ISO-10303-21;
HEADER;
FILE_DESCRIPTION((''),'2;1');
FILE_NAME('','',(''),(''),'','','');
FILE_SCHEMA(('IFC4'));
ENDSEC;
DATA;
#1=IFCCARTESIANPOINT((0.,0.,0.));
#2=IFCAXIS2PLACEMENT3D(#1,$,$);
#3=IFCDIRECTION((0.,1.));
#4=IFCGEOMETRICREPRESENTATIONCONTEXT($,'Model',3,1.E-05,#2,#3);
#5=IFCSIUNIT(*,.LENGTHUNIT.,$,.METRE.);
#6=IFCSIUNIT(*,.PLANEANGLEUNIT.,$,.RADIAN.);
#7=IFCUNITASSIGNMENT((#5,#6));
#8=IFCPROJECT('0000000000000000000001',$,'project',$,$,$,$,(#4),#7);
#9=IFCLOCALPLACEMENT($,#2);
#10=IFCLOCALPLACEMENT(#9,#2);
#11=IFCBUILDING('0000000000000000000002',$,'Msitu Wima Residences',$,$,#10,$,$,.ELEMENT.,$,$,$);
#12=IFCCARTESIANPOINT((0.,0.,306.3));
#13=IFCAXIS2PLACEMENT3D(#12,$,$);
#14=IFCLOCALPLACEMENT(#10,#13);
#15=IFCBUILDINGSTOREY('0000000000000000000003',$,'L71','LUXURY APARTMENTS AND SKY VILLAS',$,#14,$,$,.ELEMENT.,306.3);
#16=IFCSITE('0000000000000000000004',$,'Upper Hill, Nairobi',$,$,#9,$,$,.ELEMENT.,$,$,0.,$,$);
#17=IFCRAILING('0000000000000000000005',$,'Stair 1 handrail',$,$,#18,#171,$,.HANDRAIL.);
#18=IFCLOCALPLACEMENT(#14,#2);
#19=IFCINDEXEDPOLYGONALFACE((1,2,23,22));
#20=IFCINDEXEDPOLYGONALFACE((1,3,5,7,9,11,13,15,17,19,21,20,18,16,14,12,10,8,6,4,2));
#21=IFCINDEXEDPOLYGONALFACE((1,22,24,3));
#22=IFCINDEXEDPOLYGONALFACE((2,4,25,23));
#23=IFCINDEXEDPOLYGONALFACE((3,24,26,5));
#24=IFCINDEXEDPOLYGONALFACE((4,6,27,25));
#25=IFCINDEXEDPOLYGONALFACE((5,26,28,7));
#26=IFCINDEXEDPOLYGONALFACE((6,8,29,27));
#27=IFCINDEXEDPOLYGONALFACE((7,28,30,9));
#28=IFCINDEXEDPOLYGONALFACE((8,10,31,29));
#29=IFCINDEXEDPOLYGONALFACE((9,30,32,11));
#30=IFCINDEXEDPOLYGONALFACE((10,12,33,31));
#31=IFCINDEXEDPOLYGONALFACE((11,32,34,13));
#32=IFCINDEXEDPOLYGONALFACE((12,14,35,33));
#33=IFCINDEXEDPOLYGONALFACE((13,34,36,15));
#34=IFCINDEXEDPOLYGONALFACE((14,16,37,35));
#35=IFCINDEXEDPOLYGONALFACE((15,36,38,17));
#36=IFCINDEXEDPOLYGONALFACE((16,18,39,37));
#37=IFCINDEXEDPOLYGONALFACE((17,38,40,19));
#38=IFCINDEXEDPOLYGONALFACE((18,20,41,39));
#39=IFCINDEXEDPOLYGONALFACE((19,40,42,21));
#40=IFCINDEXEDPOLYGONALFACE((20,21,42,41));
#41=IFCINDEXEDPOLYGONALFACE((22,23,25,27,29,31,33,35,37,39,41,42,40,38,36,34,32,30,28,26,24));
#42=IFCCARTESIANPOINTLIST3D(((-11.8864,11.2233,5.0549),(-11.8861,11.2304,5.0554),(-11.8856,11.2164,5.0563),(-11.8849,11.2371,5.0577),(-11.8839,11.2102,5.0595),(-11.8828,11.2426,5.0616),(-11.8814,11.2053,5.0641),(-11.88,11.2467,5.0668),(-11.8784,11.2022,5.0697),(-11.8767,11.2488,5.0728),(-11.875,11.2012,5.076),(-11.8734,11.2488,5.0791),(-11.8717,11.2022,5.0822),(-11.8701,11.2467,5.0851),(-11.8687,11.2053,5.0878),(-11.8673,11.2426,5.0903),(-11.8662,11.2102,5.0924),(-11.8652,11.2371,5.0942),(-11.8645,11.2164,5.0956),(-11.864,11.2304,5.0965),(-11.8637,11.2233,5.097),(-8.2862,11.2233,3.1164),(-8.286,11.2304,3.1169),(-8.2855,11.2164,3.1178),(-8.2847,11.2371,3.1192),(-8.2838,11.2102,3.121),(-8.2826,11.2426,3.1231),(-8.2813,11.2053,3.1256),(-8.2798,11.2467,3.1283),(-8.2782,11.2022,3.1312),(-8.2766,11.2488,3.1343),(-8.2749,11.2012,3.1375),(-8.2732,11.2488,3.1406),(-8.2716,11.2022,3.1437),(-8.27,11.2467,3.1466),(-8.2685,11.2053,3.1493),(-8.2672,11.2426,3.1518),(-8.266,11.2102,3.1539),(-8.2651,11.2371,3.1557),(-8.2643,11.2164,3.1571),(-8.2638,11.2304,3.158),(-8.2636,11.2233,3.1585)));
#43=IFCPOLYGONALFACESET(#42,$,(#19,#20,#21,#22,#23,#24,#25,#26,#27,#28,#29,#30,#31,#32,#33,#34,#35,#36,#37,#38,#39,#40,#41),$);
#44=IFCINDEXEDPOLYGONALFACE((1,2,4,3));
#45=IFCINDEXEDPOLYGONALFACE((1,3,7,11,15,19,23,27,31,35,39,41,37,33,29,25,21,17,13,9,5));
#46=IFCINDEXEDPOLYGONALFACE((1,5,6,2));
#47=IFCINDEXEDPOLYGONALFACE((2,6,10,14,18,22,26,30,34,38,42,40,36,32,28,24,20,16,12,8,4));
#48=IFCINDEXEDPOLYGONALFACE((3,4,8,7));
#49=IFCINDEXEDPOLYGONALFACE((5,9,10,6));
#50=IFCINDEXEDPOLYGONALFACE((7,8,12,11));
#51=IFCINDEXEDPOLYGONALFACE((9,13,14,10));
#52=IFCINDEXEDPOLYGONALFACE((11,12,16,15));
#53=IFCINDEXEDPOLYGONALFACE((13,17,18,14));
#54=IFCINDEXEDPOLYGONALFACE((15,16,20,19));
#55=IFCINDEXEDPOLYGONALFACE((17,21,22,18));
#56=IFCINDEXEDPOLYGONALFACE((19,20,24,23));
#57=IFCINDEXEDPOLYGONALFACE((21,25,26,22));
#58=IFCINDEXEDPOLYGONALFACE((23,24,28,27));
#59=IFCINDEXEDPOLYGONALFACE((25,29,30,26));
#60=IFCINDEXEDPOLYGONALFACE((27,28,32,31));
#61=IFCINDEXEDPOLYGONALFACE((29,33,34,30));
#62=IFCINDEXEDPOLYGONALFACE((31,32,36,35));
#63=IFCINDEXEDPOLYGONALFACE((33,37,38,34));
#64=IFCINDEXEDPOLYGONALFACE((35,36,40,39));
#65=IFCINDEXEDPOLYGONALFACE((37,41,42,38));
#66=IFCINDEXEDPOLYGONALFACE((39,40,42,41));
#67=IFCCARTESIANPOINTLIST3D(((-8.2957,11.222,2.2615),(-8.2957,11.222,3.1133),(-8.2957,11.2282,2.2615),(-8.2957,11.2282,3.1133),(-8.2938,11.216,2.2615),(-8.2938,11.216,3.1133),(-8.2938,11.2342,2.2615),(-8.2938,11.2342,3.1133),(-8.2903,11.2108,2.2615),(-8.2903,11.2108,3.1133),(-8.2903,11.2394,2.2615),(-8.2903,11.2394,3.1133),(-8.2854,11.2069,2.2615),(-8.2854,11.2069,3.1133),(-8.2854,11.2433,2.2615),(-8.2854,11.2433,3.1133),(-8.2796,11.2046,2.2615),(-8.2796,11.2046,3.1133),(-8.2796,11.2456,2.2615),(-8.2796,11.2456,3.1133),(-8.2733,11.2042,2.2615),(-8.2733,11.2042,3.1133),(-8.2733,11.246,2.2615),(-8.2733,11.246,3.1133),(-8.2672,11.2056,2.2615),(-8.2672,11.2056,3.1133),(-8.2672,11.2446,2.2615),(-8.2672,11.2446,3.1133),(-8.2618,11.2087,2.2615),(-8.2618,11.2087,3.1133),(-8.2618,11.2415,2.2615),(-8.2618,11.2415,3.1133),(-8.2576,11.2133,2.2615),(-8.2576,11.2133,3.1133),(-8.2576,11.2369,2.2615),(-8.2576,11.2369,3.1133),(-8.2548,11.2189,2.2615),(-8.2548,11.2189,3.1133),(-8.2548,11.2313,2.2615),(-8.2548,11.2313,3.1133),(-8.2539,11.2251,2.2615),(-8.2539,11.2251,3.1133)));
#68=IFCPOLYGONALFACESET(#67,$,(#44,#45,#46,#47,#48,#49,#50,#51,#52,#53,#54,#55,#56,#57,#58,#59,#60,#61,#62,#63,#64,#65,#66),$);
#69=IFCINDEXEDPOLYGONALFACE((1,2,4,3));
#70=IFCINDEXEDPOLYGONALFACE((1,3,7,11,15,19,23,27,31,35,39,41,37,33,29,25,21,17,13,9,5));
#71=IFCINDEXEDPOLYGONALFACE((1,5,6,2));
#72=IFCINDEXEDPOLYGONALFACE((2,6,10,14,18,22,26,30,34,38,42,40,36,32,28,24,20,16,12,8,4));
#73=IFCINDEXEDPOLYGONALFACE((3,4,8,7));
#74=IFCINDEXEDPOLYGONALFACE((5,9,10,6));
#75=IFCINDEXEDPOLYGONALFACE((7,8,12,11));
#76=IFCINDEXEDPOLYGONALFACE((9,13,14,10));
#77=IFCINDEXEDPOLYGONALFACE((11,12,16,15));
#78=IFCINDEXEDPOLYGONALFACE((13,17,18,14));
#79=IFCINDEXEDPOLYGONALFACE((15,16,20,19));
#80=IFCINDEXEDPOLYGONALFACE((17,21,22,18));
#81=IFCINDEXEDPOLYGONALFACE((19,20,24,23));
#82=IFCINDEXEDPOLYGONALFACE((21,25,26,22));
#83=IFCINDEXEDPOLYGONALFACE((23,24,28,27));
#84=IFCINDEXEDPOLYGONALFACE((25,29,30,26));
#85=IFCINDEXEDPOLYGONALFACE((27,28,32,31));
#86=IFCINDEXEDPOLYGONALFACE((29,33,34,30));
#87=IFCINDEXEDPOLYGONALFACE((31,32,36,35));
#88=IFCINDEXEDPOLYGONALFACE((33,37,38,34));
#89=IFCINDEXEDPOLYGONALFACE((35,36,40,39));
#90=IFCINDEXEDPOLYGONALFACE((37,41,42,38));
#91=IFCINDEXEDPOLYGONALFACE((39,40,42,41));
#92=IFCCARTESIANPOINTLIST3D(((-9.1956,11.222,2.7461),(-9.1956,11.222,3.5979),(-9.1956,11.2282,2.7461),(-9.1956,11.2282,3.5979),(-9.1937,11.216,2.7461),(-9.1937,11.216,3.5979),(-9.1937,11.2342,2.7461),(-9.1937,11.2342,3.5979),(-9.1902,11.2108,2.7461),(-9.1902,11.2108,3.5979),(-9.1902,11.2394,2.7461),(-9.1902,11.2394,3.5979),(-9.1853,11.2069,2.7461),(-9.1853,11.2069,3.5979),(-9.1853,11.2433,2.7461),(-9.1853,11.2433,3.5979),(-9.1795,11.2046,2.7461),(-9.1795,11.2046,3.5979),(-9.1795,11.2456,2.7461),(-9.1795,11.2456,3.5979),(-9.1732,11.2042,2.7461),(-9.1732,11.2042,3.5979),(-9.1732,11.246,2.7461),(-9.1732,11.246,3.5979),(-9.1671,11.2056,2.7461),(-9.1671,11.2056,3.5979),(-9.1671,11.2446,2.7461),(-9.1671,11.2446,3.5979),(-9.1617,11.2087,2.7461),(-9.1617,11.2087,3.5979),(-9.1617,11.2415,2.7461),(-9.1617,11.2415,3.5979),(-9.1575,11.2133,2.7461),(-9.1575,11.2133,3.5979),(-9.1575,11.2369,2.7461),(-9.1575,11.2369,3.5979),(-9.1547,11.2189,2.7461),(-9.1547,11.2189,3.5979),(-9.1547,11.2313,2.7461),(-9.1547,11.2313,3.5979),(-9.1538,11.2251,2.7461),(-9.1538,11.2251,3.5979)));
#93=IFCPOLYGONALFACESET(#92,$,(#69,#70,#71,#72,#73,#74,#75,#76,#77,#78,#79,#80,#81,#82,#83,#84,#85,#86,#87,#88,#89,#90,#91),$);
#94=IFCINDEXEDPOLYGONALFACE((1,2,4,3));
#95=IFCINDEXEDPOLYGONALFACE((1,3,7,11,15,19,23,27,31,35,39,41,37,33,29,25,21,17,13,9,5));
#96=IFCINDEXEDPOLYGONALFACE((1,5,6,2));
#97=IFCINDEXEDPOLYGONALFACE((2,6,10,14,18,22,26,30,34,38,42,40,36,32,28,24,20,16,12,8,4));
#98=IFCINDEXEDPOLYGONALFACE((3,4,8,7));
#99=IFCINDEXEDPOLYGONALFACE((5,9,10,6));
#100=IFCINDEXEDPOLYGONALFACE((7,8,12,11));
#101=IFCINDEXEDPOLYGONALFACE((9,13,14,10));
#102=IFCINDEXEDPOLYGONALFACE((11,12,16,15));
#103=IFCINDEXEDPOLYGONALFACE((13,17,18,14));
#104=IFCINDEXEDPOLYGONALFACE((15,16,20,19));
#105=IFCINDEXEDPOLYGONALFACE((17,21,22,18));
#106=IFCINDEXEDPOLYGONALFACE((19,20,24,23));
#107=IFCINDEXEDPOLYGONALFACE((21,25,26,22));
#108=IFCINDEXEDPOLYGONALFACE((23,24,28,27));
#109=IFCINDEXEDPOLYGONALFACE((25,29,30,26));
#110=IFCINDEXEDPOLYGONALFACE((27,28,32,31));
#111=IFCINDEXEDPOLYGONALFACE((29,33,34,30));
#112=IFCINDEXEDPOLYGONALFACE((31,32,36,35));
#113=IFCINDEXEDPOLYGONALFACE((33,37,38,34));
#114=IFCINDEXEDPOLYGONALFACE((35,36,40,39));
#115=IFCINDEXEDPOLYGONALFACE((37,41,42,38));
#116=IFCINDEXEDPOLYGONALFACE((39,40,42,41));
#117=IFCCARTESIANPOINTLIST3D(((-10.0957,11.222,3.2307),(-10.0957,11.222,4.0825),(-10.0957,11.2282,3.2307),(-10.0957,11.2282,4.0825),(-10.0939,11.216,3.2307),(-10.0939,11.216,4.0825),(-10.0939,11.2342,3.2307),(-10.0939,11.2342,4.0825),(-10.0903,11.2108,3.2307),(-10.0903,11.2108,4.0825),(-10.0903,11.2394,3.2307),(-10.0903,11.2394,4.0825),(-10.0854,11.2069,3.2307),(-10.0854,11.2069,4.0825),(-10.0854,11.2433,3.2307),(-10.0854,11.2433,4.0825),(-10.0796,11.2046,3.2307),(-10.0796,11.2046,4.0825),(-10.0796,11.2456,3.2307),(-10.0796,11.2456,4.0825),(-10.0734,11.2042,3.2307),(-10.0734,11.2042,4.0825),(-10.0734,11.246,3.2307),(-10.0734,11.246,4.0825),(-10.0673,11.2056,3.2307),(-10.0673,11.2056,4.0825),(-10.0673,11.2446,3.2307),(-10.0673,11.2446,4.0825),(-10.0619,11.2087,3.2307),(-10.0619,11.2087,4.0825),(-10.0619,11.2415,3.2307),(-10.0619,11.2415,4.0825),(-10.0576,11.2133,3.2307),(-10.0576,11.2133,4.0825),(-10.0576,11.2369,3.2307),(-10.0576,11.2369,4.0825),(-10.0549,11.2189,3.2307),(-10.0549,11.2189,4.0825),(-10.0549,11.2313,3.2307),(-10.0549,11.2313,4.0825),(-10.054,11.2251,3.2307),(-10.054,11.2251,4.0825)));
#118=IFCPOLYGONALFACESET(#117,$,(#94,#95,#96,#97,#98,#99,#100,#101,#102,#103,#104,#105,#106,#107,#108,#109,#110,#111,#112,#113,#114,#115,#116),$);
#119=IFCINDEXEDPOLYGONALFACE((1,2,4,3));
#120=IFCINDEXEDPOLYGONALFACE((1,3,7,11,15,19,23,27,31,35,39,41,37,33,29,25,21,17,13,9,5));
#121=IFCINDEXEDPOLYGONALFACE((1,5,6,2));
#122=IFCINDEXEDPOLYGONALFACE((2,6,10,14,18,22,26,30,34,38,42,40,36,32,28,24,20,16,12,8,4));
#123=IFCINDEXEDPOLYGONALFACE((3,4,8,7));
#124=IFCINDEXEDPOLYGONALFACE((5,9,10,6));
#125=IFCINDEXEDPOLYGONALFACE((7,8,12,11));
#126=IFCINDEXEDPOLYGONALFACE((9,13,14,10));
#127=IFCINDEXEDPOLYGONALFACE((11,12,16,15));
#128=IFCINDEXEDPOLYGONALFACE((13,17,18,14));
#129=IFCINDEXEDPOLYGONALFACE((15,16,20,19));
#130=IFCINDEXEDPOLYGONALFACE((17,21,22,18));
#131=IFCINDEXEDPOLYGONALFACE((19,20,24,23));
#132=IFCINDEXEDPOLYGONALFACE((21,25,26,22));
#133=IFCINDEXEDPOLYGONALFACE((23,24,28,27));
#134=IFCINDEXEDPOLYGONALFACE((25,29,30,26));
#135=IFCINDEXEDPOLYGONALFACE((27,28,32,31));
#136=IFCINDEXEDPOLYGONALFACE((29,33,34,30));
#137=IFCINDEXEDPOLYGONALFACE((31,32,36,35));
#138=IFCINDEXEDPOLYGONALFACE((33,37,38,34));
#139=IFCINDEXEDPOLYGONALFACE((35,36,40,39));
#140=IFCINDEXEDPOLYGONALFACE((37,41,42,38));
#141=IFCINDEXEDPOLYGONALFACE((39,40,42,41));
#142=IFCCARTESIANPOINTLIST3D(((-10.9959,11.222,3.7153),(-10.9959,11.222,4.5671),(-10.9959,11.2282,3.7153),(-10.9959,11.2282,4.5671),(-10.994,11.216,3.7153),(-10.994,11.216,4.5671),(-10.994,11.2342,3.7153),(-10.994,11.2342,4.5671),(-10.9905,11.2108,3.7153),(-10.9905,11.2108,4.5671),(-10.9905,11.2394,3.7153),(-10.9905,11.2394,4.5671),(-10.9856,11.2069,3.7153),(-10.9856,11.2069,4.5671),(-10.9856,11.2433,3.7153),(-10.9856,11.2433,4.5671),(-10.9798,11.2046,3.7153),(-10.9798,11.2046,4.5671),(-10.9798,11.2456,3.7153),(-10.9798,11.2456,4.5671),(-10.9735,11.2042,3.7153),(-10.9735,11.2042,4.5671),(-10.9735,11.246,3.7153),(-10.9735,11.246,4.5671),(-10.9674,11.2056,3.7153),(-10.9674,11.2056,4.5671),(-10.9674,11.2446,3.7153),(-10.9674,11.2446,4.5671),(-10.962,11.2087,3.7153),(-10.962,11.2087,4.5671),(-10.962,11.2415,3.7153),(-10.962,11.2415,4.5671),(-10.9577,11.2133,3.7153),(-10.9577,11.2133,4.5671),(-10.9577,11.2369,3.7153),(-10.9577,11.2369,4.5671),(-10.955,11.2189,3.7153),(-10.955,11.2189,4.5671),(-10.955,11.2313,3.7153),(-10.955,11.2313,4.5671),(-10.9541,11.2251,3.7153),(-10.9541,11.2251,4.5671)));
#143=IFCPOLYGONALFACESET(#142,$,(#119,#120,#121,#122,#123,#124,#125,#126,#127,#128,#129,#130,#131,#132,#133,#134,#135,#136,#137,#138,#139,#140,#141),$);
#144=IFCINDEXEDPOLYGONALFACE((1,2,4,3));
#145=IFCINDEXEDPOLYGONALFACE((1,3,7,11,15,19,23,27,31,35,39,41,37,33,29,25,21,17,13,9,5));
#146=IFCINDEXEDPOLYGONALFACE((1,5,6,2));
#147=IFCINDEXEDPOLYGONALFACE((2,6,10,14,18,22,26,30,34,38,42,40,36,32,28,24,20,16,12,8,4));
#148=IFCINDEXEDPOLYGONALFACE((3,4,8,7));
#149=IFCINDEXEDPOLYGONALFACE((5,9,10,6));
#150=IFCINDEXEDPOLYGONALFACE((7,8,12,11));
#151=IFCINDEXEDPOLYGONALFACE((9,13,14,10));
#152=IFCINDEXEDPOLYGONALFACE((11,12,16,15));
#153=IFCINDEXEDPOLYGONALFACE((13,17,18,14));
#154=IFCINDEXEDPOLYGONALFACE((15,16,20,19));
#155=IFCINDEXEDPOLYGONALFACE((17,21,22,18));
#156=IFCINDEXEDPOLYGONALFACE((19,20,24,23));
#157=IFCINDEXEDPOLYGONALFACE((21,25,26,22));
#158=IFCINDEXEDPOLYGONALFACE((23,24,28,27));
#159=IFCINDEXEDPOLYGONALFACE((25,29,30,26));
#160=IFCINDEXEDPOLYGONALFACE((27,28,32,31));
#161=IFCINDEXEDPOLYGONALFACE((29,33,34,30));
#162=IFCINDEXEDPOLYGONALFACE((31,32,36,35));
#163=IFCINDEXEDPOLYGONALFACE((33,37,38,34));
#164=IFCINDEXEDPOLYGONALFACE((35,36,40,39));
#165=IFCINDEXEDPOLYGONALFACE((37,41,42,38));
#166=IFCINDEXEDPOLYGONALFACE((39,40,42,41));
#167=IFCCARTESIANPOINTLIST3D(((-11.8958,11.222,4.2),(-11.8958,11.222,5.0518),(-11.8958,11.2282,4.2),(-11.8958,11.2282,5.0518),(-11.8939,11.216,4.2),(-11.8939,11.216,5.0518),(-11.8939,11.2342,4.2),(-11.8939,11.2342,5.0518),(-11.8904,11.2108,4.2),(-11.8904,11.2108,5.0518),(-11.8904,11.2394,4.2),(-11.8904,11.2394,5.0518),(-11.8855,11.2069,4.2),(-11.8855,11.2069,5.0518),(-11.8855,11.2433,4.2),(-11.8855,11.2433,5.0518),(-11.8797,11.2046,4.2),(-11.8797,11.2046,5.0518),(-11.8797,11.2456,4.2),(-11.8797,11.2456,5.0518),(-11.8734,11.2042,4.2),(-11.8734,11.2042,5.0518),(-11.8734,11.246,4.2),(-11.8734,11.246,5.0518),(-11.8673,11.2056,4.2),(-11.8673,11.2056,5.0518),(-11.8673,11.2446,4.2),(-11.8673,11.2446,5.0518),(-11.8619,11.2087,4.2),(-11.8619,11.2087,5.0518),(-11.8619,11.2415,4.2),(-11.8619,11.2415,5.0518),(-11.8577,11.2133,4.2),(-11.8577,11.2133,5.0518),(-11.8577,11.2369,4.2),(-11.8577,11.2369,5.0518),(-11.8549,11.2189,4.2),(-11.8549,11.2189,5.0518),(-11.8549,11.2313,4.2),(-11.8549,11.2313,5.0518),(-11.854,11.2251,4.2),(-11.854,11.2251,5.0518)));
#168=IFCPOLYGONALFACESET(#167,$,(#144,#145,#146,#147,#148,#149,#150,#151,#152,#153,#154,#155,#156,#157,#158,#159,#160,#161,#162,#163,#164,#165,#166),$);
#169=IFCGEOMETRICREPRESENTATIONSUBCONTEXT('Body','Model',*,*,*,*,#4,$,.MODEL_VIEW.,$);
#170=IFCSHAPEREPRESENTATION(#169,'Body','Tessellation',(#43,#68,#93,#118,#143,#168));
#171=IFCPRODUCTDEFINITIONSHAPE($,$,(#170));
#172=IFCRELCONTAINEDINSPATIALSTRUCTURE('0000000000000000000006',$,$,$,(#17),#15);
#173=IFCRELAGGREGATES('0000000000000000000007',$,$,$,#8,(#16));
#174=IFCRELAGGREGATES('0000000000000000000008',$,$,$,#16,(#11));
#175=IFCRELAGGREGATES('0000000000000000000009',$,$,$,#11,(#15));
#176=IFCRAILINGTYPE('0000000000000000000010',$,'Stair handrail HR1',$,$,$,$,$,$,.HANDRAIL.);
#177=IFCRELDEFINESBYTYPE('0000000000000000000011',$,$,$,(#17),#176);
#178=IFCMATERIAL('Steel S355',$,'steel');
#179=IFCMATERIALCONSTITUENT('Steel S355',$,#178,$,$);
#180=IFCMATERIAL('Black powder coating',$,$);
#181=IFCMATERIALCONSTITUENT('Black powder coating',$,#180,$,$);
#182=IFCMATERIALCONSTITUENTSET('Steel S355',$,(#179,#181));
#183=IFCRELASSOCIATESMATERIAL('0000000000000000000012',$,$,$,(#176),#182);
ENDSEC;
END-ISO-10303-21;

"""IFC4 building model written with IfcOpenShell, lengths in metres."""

from ifc_helpers import new_model, si_unit, direction, frame, origin, origin_2d, place, context, subcontext, project, spatial, circle, extrude, material, constituent, constituent_set, type_object, element, save


model = new_model("IFC4")

# Units and contexts
model_context = context("Model", 3, precision=1e-05, world=origin(), true_north=direction((0.0, 1.0)))
body_context = subcontext(model_context, "Body", "Model", "MODEL_VIEW")
ifc_project = project(units=[si_unit("LENGTHUNIT", "METRE"), si_unit("PLANEANGLEUNIT", "RADIAN")], contexts=[model_context])

# Site, building, storey
site_placement = place(None, origin())
site = spatial("IfcSite", under=ifc_project, at=site_placement, Name="Upper Hill, Nairobi", CompositionType="ELEMENT", RefElevation=0.0)
building_placement = place(site_placement, origin())
building = spatial("IfcBuilding", under=site, at=building_placement, Name="Msitu Wima Residences", CompositionType="ELEMENT")
storey_placement = place(building_placement, frame((0.0, 0.0, 306.3)))
storey = spatial("IfcBuildingStorey", under=building, at=storey_placement, Name="L71", Description="LUXURY APARTMENTS AND SKY VILLAS", CompositionType="ELEMENT", Elevation=306.3)

# Railing
ifc_material_1 = material(Name="Steel S355", Category="steel")
ifc_constituent_1 = constituent(ifc_material_1, Name="Steel S355")
ifc_material_2 = material(Name="Black powder coating")
ifc_constituent_2 = constituent(ifc_material_2, Name="Black powder coating")
ifc_constituent_set = constituent_set(constituents=[ifc_constituent_1, ifc_constituent_2], Name="Steel S355")
railing_type = type_object("IfcRailingType", Name="Stair handrail HR1", PredefinedType="HANDRAIL", material=ifc_constituent_set)
for number, where, name in (
    (1, (-8.2749, 11.2251, 2.2615), "Stair 1 handrail"),
):
    element("IfcRailing", number, at=place(storey_placement, frame(where)), inside=storey, type_object=railing_type, Name=name, PredefinedType="HANDRAIL", context=body_context, shape_type="SweptSolid", body=[
        extrude(circle(Radius=0.0239, at=origin_2d()), frame((0.0, 0.0, 0.876), z_axis=(-0.880475, 0.0, 0.474093), x_axis=(0.0, -1.0, 0.0)), (0.0, 0.0, 1.0), 4.0889),
        extrude(circle(Radius=0.021, at=origin_2d()), origin(), (0.0, 0.0, 1.0), 0.8518),
        extrude(circle(Radius=0.021, at=origin_2d()), frame((-0.8999, 0.0, 0.4846)), (0.0, 0.0, 1.0), 0.8518),
        extrude(circle(Radius=0.021, at=origin_2d()), frame((-1.8, 0.0, 0.9692)), (0.0, 0.0, 1.0), 0.8518),
        extrude(circle(Radius=0.021, at=origin_2d()), frame((-2.7002, 0.0, 1.4539)), (0.0, 0.0, 1.0), 0.8518),
        extrude(circle(Radius=0.021, at=origin_2d()), frame((-3.6001, 0.0, 1.9385)), (0.0, 0.0, 1.0), 0.8518),
    ])

save(model, "model.ifc")
